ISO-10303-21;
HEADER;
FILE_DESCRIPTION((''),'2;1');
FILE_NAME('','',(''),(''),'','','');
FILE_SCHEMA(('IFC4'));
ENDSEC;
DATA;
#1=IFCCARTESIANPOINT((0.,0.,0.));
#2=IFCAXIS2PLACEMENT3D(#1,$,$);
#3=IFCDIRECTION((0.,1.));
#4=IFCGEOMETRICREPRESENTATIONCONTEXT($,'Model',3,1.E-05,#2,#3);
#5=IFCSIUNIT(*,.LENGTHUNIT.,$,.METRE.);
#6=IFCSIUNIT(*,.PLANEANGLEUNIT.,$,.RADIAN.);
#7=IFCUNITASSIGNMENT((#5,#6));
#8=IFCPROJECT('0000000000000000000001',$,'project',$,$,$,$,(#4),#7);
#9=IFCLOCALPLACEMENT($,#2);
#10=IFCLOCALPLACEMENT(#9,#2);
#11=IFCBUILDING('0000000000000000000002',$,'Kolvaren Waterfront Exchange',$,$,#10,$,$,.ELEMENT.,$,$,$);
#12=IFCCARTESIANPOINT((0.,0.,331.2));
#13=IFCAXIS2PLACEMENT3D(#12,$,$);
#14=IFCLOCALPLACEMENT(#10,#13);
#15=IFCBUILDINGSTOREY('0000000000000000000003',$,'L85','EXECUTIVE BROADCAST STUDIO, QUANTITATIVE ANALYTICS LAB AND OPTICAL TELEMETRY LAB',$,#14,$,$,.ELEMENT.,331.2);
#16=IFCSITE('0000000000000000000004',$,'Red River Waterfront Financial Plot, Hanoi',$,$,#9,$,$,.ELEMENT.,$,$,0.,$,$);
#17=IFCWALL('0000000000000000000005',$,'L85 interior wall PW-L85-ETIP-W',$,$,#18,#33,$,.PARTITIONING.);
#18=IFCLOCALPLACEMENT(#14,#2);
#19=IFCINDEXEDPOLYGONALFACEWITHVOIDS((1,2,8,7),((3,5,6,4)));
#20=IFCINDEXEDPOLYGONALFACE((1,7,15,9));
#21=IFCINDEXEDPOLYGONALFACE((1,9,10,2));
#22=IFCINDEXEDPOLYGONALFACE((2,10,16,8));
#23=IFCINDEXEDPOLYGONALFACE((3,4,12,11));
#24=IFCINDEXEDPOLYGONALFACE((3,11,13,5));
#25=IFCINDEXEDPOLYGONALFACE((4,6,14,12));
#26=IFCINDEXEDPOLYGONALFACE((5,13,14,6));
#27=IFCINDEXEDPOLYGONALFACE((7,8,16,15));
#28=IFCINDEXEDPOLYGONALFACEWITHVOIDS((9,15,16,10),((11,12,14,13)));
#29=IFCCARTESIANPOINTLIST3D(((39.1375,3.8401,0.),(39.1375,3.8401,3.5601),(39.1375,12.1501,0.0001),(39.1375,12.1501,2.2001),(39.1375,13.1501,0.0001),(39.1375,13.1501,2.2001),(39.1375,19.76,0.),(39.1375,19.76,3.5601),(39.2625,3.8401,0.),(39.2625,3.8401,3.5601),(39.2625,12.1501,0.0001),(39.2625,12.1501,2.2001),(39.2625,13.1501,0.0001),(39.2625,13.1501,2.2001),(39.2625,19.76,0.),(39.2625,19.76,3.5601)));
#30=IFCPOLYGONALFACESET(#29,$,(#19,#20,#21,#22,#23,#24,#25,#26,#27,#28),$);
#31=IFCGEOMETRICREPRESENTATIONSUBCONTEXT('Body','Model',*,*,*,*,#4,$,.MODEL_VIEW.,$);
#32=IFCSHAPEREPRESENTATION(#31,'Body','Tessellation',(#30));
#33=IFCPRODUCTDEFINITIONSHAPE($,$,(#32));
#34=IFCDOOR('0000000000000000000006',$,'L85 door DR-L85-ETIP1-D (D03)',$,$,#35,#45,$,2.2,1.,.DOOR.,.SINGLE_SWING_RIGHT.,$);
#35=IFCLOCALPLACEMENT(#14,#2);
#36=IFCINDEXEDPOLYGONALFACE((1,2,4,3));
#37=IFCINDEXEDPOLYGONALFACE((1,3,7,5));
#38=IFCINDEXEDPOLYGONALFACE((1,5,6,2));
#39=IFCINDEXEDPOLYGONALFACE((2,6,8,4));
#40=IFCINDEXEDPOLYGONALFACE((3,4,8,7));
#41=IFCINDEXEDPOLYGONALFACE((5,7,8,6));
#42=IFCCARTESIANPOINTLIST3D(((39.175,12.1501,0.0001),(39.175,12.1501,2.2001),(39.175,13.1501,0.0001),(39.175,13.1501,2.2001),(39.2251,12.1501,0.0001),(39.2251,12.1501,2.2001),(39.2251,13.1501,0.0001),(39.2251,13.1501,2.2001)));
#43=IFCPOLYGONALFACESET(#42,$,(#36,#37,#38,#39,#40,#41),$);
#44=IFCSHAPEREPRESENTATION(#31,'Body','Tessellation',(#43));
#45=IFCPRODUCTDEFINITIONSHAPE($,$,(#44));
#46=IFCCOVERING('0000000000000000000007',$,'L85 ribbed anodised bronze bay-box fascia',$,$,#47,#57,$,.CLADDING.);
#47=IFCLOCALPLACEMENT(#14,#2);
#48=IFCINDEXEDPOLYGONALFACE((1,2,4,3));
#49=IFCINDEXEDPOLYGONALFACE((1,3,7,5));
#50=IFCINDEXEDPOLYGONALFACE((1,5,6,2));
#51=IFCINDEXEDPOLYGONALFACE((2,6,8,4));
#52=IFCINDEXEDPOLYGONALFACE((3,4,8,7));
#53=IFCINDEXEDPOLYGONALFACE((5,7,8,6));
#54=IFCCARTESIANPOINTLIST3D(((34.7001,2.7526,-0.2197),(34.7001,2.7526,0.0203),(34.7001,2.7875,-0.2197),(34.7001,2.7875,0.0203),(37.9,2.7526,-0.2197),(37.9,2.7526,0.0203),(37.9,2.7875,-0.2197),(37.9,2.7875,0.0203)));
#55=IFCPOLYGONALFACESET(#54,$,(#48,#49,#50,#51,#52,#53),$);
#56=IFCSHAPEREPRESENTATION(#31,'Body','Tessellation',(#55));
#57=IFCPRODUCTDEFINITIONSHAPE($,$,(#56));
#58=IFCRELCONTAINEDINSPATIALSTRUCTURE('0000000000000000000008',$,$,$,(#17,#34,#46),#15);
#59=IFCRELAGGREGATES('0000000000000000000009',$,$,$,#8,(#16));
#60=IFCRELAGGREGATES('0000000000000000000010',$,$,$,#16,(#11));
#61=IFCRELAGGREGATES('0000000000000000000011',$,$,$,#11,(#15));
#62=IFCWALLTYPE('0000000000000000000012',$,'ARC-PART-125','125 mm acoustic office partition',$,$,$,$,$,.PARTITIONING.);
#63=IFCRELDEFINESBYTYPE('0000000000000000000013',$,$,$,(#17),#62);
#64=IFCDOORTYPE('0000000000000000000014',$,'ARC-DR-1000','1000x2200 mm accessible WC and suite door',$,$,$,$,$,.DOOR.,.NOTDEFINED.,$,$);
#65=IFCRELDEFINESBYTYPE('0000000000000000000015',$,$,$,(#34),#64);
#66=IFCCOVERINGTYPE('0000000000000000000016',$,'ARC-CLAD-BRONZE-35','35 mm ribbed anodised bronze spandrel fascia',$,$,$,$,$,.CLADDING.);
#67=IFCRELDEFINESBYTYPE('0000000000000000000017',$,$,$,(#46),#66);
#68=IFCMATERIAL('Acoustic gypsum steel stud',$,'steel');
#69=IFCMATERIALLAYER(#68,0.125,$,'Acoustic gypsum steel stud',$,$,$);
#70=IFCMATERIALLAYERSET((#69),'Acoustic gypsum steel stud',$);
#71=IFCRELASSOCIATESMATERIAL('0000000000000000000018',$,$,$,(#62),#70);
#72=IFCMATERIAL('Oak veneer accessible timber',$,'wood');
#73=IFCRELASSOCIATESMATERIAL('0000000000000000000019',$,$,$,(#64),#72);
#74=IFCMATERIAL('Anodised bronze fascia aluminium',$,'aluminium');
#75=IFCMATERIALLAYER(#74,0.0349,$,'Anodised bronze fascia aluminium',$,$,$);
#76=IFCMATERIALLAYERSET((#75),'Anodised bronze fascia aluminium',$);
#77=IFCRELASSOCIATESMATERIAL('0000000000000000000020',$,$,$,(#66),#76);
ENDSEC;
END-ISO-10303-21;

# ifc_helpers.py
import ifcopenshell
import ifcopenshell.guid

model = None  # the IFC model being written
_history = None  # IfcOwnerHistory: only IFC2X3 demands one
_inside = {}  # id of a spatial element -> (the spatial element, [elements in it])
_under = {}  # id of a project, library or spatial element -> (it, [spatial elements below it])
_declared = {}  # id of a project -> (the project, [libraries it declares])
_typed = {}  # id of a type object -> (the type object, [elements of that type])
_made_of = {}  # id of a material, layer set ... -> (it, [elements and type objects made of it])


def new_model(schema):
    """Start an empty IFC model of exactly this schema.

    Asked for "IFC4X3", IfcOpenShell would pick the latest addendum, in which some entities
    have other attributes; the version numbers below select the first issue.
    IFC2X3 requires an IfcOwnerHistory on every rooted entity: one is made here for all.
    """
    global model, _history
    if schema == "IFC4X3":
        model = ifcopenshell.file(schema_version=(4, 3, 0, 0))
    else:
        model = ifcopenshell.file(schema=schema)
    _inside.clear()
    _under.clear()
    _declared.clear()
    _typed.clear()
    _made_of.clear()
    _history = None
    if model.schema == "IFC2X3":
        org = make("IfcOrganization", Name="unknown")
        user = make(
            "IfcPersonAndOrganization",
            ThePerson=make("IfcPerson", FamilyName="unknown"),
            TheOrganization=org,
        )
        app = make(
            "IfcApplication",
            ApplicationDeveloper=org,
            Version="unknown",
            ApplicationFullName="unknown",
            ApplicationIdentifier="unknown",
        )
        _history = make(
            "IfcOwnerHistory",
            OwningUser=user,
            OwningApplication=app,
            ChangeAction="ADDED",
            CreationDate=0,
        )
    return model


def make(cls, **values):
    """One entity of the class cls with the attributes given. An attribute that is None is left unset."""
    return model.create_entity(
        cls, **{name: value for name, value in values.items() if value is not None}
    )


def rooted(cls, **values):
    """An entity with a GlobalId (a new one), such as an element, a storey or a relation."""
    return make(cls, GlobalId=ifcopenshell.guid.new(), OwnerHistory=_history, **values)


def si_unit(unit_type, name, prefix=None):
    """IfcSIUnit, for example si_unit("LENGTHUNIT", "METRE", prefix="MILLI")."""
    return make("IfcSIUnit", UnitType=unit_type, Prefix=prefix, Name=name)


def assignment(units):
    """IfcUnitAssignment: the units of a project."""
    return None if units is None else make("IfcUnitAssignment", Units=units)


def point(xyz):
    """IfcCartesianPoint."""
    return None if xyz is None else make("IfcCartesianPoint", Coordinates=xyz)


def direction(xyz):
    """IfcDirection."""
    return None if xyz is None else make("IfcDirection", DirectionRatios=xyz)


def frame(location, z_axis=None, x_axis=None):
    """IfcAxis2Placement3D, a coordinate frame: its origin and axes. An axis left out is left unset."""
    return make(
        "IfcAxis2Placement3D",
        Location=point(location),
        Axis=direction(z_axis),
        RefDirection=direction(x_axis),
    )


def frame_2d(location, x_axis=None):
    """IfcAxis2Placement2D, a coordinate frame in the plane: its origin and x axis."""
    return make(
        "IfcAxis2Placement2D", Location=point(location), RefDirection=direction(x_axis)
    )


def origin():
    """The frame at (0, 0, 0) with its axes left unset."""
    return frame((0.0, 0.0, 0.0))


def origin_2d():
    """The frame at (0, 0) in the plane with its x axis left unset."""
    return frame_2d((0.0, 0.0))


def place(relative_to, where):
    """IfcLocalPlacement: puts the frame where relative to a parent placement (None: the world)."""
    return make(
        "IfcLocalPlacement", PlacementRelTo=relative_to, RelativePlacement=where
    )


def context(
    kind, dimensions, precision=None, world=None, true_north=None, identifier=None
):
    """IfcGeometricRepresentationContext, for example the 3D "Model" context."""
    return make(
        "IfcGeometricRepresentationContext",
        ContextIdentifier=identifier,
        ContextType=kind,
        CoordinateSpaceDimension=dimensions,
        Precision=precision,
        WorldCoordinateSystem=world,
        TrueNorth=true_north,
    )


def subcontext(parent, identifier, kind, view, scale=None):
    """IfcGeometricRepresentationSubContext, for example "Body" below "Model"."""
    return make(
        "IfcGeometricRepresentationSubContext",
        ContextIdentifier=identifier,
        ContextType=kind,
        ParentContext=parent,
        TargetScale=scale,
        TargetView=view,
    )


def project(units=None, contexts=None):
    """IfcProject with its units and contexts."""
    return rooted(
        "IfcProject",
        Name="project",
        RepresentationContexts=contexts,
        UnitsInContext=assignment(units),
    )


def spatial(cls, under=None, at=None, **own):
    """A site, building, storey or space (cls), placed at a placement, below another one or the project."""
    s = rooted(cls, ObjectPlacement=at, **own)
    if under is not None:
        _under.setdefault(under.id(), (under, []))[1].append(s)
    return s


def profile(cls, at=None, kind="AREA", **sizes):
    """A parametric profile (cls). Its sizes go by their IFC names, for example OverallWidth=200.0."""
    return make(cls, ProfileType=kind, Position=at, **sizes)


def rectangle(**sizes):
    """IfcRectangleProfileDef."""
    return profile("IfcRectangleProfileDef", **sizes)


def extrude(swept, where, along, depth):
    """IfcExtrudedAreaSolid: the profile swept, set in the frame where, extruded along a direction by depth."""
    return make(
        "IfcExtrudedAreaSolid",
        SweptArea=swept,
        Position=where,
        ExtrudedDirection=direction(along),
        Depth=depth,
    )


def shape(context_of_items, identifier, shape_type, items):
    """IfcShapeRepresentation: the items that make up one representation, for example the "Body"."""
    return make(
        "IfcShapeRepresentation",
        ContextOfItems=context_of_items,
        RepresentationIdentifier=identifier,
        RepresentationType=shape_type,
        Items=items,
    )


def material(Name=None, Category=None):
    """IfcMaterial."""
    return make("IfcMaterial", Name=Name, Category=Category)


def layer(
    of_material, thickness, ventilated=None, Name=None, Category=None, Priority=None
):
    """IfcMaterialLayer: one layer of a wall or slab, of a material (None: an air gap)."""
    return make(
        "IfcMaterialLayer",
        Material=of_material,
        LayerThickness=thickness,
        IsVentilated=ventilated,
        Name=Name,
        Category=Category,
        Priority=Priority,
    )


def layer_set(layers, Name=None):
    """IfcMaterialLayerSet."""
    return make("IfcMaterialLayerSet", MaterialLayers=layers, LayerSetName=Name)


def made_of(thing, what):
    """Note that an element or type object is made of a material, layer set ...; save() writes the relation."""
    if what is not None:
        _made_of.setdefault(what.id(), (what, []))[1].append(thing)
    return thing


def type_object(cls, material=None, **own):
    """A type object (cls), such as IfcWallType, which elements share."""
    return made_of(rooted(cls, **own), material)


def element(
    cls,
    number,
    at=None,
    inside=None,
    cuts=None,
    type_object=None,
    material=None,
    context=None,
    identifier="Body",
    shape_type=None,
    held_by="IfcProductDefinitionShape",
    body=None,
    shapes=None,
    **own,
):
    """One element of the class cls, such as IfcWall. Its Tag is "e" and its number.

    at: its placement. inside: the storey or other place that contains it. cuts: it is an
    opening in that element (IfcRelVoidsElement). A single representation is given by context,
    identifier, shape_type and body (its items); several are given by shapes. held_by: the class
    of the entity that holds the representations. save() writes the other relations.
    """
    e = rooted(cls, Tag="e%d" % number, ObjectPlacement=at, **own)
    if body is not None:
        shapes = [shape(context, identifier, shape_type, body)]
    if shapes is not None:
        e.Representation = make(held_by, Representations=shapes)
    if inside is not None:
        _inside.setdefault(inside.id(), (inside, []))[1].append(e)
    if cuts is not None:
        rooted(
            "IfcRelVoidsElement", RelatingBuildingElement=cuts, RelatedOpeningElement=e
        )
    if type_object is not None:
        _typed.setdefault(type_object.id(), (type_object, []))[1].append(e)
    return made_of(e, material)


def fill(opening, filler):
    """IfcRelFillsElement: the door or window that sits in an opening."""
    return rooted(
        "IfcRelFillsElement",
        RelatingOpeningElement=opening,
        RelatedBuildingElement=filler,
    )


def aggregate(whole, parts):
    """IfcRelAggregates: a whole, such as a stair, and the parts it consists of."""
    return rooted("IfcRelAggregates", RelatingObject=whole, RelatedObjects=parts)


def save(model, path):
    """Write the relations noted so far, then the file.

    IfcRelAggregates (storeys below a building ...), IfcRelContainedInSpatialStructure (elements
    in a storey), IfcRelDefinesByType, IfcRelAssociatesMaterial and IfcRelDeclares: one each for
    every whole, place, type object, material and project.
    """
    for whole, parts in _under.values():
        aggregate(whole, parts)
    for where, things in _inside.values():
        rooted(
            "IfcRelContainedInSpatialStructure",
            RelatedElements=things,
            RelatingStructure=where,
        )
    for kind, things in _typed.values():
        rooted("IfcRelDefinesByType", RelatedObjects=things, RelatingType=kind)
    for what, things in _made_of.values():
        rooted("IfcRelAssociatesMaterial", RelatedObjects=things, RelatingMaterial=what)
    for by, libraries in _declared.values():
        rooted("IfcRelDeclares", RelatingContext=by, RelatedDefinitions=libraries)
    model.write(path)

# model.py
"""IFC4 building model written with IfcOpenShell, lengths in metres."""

from ifc_helpers import new_model, si_unit, direction, frame, frame_2d, origin, origin_2d, place, context, subcontext, project, spatial, rectangle, extrude, material, layer, layer_set, type_object, element, fill, save


model = new_model("IFC4")

# Units and contexts
model_context = context("Model", 3, precision=1e-05, world=origin(), true_north=direction((0.0, 1.0)))
body_context = subcontext(model_context, "Body", "Model", "MODEL_VIEW")
ifc_project = project(units=[si_unit("LENGTHUNIT", "METRE"), si_unit("PLANEANGLEUNIT", "RADIAN")], contexts=[model_context])

# Site, building, storey
site_placement = place(None, origin())
site = spatial("IfcSite", under=ifc_project, at=site_placement, Name="Red River Waterfront Financial Plot, Hanoi", CompositionType="ELEMENT", RefElevation=0.0)
building_placement = place(site_placement, origin())
building = spatial("IfcBuilding", under=site, at=building_placement, Name="Kolvaren Waterfront Exchange", CompositionType="ELEMENT")
storey_placement = place(building_placement, frame((0.0, 0.0, 331.2)))
storey = spatial("IfcBuildingStorey", under=building, at=storey_placement, Name="L85", Description="EXECUTIVE BROADCAST STUDIO, QUANTITATIVE ANALYTICS LAB AND OPTICAL TELEMETRY LAB", CompositionType="ELEMENT", Elevation=331.2)

# Wall, opening, door
ifc_material_1 = material(Name="Acoustic gypsum steel stud", Category="steel")
ifc_layer_1 = layer(ifc_material_1, 0.125, Name="Acoustic gypsum steel stud")
ifc_layer_set_1 = layer_set([ifc_layer_1], Name="Acoustic gypsum steel stud")
wall_type_1 = type_object("IfcWallType", Name="ARC-PART-125", Description="125 mm acoustic office partition", PredefinedType="PARTITIONING", material=ifc_layer_set_1)
wall_1_placement = place(storey_placement, frame((39.2, 3.8401, 0.0), z_axis=(0.0, 0.0, 1.0), x_axis=(0.0, 1.0, 0.0)))
wall_1 = element("IfcWall", 1, at=wall_1_placement, inside=storey, type_object=wall_type_1, Name="L85 interior wall PW-L85-ETIP-W", PredefinedType="PARTITIONING", context=body_context, shape_type="SweptSolid", body=[
    extrude(rectangle(XDim=15.9199, YDim=0.125, at=frame_2d((7.96, 0.0))), origin(), (0.0, 0.0, 1.0), 3.5601),
])
opening_placement = place(wall_1_placement, frame((8.3101, 0.0, 0.0)))
opening = element("IfcOpeningElement", 2, at=opening_placement, cuts=wall_1, PredefinedType="OPENING", context=body_context, shape_type="SweptSolid", body=[
    extrude(rectangle(XDim=1.0, YDim=2.2, at=frame_2d((0.5, 1.1001))), frame((0.0, 0.0725, 0.0), z_axis=(0.0, -1.0, 0.0), x_axis=(1.0, 0.0, 0.0)), (0.0, 0.0, 1.0), 0.145),
])
ifc_material_2 = material(Name="Oak veneer accessible timber", Category="wood")
door_type = type_object("IfcDoorType", Name="ARC-DR-1000", Description="1000x2200 mm accessible WC and suite door", OperationType="NOTDEFINED", PredefinedType="DOOR", material=ifc_material_2)
door_placement = place(opening_placement, origin())
door = element("IfcDoor", 3, at=door_placement, inside=storey, type_object=door_type, Name="L85 door DR-L85-ETIP1-D (D03)", OperationType="SINGLE_SWING_RIGHT", OverallHeight=2.2, OverallWidth=1.0, PredefinedType="DOOR", context=body_context, shape_type="SweptSolid", body=[
    extrude(rectangle(XDim=1.0, YDim=2.2, at=frame_2d((0.5, 1.1001))), frame((0.0, 0.0249, 0.0), z_axis=(0.0, -1.0, 0.0), x_axis=(1.0, 0.0, 0.0)), (0.0, 0.0, 1.0), 0.05),
])
fill(opening, door)

# Covering
ifc_material_3 = material(Name="Anodised bronze fascia aluminium", Category="aluminium")
ifc_layer_2 = layer(ifc_material_3, 0.0349, Name="Anodised bronze fascia aluminium")
ifc_layer_set_2 = layer_set([ifc_layer_2], Name="Anodised bronze fascia aluminium")
covering_type = type_object("IfcCoveringType", Name="ARC-CLAD-BRONZE-35", Description="35 mm ribbed anodised bronze spandrel fascia", PredefinedType="CLADDING", material=ifc_layer_set_2)
covering_placement = place(storey_placement, frame((36.3, 2.77, -0.2197), z_axis=(0.0, 0.0, 1.0), x_axis=(1.0, 0.0, 0.0)))
element("IfcCovering", 4, at=covering_placement, inside=storey, type_object=covering_type, Name="L85 ribbed anodised bronze bay-box fascia", PredefinedType="CLADDING", context=body_context, shape_type="SweptSolid", body=[
    extrude(rectangle(XDim=3.2, YDim=0.0349, at=origin_2d()), origin(), (0.0, 0.0, 1.0), 0.24),
])

save(model, "model.ifc")
